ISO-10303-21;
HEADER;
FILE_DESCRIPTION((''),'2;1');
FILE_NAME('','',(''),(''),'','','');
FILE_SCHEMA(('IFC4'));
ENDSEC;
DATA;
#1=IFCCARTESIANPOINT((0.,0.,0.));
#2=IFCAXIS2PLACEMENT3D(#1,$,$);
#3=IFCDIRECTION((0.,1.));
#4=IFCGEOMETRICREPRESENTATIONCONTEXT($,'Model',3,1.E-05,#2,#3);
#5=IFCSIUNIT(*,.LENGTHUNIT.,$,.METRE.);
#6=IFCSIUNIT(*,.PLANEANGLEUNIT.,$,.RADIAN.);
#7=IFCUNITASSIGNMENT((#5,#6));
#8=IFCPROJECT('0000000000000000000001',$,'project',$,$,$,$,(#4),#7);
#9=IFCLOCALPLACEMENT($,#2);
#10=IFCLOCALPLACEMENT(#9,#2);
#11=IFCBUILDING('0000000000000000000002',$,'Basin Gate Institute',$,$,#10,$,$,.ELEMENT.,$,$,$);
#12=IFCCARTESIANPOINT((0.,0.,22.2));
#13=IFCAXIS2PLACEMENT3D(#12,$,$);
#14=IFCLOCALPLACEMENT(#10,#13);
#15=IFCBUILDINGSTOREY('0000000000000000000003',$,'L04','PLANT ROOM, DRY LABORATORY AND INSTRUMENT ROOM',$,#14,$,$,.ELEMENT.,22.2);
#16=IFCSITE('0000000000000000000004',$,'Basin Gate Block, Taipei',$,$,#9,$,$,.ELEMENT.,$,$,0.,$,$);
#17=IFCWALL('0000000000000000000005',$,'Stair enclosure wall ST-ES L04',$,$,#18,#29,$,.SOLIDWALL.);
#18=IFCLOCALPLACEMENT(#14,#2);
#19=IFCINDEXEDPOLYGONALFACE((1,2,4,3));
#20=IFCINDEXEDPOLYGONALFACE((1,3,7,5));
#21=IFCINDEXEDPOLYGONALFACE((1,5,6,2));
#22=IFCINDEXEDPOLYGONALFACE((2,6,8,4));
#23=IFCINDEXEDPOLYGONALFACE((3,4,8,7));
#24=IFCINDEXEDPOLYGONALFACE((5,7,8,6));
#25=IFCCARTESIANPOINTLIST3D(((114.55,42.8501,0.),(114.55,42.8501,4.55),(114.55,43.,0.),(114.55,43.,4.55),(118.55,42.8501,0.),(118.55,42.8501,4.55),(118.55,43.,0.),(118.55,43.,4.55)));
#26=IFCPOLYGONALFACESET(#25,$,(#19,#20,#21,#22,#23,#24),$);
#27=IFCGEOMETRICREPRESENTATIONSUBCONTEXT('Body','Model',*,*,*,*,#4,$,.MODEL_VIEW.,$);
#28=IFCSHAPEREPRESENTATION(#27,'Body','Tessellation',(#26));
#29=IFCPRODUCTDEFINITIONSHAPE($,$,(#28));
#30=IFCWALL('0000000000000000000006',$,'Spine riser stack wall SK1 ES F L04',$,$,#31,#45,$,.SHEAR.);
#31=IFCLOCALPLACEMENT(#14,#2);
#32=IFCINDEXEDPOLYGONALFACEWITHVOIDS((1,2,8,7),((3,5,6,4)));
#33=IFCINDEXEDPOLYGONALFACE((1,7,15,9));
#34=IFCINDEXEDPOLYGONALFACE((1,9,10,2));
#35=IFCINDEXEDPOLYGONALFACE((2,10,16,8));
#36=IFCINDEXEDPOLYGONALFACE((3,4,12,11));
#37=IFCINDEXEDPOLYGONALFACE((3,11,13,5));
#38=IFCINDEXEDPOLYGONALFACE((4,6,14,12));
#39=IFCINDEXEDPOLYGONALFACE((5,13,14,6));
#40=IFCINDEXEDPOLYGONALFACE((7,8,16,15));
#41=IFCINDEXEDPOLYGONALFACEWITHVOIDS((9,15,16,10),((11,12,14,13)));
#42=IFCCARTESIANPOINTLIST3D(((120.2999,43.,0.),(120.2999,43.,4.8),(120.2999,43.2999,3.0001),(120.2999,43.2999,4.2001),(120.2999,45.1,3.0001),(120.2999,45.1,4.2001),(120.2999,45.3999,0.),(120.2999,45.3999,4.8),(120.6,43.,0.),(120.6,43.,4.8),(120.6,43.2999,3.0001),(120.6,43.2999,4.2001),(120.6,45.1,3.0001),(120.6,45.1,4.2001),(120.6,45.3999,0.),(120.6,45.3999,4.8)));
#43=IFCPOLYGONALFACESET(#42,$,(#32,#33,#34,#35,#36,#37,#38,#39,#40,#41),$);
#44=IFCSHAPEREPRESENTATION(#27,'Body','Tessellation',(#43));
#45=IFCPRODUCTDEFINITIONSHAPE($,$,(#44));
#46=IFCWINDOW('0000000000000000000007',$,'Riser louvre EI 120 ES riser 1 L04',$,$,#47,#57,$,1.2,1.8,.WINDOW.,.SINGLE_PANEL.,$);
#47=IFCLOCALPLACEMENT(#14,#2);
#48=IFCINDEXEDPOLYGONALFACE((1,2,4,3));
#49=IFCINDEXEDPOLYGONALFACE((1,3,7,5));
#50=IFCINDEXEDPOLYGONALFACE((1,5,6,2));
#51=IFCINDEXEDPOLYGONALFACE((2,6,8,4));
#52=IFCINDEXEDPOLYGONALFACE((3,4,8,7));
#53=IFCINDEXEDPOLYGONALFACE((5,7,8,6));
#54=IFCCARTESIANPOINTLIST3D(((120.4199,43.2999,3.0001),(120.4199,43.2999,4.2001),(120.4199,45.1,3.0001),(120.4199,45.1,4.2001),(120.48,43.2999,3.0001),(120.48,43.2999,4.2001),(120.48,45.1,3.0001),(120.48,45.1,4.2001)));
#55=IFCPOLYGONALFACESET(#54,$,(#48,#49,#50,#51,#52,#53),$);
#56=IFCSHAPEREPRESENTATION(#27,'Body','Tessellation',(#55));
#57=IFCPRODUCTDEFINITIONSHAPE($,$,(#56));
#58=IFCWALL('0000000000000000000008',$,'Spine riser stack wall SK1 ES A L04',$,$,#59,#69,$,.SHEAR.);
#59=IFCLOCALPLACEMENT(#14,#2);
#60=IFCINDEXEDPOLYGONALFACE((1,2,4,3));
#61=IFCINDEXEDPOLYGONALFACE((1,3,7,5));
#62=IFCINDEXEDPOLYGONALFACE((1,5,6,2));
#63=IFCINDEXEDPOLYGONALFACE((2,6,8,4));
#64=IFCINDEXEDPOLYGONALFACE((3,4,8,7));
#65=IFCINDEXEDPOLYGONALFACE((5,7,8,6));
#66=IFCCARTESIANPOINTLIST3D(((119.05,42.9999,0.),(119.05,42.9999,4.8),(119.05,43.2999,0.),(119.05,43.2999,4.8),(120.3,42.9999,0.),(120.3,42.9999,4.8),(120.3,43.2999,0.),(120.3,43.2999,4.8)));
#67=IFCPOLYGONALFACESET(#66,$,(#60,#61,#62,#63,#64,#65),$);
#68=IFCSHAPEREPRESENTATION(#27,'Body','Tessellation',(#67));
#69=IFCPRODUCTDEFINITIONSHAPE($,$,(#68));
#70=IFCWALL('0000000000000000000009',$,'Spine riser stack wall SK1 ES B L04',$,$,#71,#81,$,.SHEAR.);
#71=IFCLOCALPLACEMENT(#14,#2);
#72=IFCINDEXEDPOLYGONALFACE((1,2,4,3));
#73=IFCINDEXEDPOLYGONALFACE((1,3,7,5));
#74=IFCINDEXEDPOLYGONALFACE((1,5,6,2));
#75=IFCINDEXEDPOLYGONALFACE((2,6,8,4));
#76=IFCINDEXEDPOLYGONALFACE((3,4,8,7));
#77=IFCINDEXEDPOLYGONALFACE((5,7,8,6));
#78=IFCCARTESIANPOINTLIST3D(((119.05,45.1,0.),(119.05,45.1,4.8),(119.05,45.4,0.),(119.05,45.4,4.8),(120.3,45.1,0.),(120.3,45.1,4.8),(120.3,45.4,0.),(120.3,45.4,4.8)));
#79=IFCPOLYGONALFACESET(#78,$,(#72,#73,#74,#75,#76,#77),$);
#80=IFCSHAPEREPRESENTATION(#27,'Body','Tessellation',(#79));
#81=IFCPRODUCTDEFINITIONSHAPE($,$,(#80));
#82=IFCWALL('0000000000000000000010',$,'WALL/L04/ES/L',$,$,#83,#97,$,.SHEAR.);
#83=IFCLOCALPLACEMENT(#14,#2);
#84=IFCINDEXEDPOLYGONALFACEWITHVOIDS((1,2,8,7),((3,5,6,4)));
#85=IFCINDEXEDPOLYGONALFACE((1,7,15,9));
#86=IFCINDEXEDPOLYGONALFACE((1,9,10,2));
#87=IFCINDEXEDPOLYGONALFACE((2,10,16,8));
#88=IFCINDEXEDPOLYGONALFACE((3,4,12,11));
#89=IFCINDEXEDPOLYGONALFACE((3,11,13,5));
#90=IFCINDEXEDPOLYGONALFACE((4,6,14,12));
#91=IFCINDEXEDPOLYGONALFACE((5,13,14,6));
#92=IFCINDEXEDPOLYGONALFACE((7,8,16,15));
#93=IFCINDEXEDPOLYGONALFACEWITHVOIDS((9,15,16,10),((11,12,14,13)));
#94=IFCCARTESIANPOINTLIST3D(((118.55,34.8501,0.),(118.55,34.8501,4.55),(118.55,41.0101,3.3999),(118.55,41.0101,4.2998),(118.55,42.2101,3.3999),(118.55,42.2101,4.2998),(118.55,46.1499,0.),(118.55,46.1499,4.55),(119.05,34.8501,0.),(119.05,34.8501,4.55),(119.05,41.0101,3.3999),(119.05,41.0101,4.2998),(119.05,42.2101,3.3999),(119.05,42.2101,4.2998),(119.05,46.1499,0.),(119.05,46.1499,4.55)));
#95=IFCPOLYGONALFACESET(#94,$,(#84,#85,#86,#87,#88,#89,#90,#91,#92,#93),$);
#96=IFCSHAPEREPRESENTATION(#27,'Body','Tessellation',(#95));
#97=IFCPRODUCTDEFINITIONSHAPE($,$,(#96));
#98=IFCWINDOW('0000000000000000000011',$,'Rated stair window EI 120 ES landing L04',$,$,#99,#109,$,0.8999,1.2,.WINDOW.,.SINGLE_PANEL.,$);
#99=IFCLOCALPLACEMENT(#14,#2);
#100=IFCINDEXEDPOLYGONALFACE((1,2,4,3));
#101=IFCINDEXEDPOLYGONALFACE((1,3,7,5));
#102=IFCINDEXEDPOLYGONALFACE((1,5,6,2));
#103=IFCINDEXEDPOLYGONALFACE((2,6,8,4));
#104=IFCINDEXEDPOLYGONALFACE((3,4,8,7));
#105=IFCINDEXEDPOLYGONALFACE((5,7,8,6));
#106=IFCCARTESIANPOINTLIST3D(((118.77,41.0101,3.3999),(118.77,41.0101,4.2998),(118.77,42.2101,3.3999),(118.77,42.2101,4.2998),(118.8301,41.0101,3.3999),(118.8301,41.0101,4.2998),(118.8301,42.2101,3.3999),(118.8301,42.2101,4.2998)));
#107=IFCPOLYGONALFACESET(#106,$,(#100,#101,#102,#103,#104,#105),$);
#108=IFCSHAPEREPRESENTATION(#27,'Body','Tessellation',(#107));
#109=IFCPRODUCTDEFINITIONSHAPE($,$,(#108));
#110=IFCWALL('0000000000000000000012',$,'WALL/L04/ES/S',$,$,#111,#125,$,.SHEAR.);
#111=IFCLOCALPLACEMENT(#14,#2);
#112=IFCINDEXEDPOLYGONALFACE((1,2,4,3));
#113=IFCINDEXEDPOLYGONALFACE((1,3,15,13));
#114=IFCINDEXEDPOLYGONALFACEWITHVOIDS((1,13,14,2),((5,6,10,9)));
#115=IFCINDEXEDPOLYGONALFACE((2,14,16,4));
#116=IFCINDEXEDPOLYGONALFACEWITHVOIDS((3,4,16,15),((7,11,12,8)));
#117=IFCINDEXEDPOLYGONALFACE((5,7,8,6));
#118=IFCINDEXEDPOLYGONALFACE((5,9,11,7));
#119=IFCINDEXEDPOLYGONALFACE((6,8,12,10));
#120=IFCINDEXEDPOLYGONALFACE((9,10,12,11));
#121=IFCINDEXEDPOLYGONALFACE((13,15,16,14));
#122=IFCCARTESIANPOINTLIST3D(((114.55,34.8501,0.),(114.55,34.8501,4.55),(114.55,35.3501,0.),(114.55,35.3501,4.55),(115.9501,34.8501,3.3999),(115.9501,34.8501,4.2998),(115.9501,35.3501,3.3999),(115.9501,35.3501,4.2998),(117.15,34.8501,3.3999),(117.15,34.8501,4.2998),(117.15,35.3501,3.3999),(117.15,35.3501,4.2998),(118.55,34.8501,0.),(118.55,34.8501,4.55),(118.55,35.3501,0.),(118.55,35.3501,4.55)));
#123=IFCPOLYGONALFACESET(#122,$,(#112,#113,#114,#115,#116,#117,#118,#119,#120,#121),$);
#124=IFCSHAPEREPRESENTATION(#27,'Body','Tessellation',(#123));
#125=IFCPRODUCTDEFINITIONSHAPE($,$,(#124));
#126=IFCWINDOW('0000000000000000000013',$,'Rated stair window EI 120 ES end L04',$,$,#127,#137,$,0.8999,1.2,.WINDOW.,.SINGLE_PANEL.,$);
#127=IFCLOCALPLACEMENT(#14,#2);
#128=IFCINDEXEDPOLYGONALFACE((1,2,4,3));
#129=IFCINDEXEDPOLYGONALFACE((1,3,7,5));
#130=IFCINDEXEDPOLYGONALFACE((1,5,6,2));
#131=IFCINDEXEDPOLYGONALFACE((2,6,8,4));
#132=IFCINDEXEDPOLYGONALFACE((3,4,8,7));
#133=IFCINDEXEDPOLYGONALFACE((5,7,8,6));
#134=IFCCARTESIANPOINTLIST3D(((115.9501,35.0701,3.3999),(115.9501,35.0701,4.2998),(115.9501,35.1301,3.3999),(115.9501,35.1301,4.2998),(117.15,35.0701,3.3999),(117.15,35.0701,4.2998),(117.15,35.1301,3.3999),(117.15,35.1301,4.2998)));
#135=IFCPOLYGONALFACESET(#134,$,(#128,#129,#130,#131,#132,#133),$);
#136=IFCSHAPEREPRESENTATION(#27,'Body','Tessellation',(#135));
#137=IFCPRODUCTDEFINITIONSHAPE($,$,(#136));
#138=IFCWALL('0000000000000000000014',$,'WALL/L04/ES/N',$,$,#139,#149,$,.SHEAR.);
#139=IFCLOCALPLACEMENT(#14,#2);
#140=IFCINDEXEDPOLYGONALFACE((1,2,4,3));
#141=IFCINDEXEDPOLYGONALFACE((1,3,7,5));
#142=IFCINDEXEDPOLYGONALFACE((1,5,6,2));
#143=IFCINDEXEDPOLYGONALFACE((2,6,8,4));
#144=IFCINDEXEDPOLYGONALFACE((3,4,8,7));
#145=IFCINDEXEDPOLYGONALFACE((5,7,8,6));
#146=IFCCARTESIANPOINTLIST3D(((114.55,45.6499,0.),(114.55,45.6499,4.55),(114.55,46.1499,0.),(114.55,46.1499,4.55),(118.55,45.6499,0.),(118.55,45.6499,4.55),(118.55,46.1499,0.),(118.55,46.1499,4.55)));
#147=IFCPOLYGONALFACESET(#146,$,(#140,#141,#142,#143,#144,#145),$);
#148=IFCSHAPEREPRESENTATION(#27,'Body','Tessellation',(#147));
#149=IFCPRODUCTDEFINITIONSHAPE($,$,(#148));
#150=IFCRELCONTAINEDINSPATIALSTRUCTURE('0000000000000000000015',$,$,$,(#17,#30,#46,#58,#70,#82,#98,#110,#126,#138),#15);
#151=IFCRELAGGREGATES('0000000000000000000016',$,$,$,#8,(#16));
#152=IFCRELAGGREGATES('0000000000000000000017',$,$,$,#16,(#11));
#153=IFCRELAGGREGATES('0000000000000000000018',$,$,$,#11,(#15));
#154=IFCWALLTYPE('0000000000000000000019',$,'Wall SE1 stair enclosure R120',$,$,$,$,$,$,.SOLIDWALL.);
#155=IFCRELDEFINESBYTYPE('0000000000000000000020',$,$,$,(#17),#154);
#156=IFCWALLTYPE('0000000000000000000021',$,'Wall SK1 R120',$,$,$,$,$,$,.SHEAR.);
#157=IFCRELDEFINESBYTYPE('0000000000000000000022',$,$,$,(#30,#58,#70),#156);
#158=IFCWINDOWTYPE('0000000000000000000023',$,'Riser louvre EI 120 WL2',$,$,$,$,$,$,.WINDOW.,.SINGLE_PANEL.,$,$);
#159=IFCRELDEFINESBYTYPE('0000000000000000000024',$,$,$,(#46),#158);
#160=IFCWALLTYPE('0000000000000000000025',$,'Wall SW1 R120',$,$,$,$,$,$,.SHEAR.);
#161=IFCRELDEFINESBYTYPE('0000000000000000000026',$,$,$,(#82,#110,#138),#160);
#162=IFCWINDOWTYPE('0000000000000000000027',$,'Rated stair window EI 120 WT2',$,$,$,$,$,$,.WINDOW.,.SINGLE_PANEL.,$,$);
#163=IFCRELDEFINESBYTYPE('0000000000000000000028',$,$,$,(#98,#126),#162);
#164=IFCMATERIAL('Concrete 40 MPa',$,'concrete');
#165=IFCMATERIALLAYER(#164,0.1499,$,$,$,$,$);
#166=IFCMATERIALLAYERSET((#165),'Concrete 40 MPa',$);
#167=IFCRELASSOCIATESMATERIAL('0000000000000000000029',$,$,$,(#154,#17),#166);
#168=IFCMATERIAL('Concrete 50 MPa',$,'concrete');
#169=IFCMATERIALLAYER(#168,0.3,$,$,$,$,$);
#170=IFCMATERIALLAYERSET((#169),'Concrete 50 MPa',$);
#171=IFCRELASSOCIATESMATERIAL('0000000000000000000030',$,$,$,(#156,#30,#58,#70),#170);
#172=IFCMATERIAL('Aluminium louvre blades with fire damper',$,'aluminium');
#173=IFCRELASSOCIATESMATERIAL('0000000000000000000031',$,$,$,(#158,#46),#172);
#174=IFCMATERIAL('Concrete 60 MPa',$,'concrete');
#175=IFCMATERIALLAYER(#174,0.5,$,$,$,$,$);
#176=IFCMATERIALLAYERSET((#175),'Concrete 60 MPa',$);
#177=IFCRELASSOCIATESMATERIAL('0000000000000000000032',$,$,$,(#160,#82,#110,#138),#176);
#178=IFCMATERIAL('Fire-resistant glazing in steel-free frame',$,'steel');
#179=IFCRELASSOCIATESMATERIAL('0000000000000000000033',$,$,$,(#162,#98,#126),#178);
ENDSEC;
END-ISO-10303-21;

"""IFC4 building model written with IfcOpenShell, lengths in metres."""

from ifc_helpers import new_model, si_unit, direction, frame, frame_2d, origin, place, context, subcontext, project, spatial, rectangle, extrude, material, layer, layer_set, type_object, element, fill, save


model = new_model("IFC4")

# Units and contexts
model_context = context("Model", 3, precision=1e-05, world=origin(), true_north=direction((0.0, 1.0)))
body_context = subcontext(model_context, "Body", "Model", "MODEL_VIEW")
ifc_project = project(units=[si_unit("LENGTHUNIT", "METRE"), si_unit("PLANEANGLEUNIT", "RADIAN")], contexts=[model_context])

# Site, building, storey
site_placement = place(None, origin())
site = spatial("IfcSite", under=ifc_project, at=site_placement, Name="Basin Gate Block, Taipei", CompositionType="ELEMENT", RefElevation=0.0)
building_placement = place(site_placement, origin())
building = spatial("IfcBuilding", under=site, at=building_placement, Name="Basin Gate Institute", CompositionType="ELEMENT")
storey_placement = place(building_placement, frame((0.0, 0.0, 22.2)))
storey = spatial("IfcBuildingStorey", under=building, at=storey_placement, Name="L04", Description="PLANT ROOM, DRY LABORATORY AND INSTRUMENT ROOM", CompositionType="ELEMENT", Elevation=22.2)

# Wall
ifc_material_1 = material(Name="Concrete 40 MPa", Category="concrete")
ifc_layer_1 = layer(ifc_material_1, 0.1499)
ifc_layer_set_1 = layer_set([ifc_layer_1], Name="Concrete 40 MPa")
wall_type_1 = type_object("IfcWallType", Name="Wall SE1 stair enclosure R120", PredefinedType="SOLIDWALL", material=ifc_layer_set_1)
wall_1_placement = place(storey_placement, frame((118.55, 42.925, 0.0), z_axis=(0.0, 0.0, 1.0), x_axis=(-1.0, 0.0, 0.0)))
element("IfcWall", 1, at=wall_1_placement, inside=storey, type_object=wall_type_1, material=ifc_layer_set_1, Name="Stair enclosure wall ST-ES L04", PredefinedType="SOLIDWALL", context=body_context, shape_type="SweptSolid", body=[
    extrude(rectangle(XDim=4.0, YDim=0.1499, at=frame_2d((2.0, 0.0))), origin(), (0.0, 0.0, 1.0), 4.55),
])

# Wall, opening, window
ifc_material_2 = material(Name="Concrete 50 MPa", Category="concrete")
ifc_layer_2 = layer(ifc_material_2, 0.3)
ifc_layer_set_2 = layer_set([ifc_layer_2], Name="Concrete 50 MPa")
wall_type_2 = type_object("IfcWallType", Name="Wall SK1 R120", PredefinedType="SHEAR", material=ifc_layer_set_2)
wall_2_placement = place(storey_placement, frame((120.45, 43.0, 0.0), z_axis=(0.0, 0.0, 1.0), x_axis=(0.0, 1.0, 0.0)))
wall_2 = element("IfcWall", 2, at=wall_2_placement, inside=storey, type_object=wall_type_2, material=ifc_layer_set_2, Name="Spine riser stack wall SK1 ES F L04", PredefinedType="SHEAR", context=body_context, shape_type="SweptSolid", body=[
    extrude(rectangle(XDim=2.3999, YDim=0.3, at=frame_2d((1.2, 0.0))), origin(), (0.0, 0.0, 1.0), 4.8),
])
opening_1_placement = place(wall_2_placement, frame((0.3, 0.0, 3.0)))
opening_1 = element("IfcOpeningElement", 3, at=opening_1_placement, cuts=wall_2, PredefinedType="OPENING", context=body_context, shape_type="SweptSolid", body=[
    extrude(rectangle(XDim=1.8, YDim=1.2, at=frame_2d((0.8999, 0.6001))), frame((0.0, 0.1602, 0.0), z_axis=(0.0, -1.0, 0.0), x_axis=(1.0, 0.0, 0.0)), (0.0, 0.0, 1.0), 0.3201),
])
ifc_material_3 = material(Name="Aluminium louvre blades with fire damper", Category="aluminium")
window_type_1 = type_object("IfcWindowType", Name="Riser louvre EI 120 WL2", PartitioningType="SINGLE_PANEL", PredefinedType="WINDOW", material=ifc_material_3)
window_1_placement = place(opening_1_placement, origin())
window_1 = element("IfcWindow", 4, at=window_1_placement, inside=storey, type_object=window_type_1, material=ifc_material_3, Name="Riser louvre EI 120 ES riser 1 L04", OverallHeight=1.2, OverallWidth=1.8, PartitioningType="SINGLE_PANEL", PredefinedType="WINDOW", context=body_context, shape_type="SweptSolid", body=[
    extrude(rectangle(XDim=1.8, YDim=1.2, at=frame_2d((0.8999, 0.6001))), frame((0.0, 0.03, 0.0), z_axis=(0.0, -1.0, 0.0), x_axis=(1.0, 0.0, 0.0)), (0.0, 0.0, 1.0), 0.0601),
])
fill(opening_1, window_1)

# Walls
for number, where, z_axis, x_axis, name in (
    (5, (119.05, 43.1499, 0.0), (0.0, 0.0, 1.0), (1.0, 0.0, 0.0), "Spine riser stack wall SK1 ES A L04"),
    (6, (119.05, 45.25, 0.0), (0.0, 0.0, 1.0), (1.0, 0.0, 0.0), "Spine riser stack wall SK1 ES B L04"),
):
    element("IfcWall", number, at=place(storey_placement, frame(where, z_axis=z_axis, x_axis=x_axis)), inside=storey, type_object=wall_type_2, material=ifc_layer_set_2, Name=name, PredefinedType="SHEAR", context=body_context, shape_type="SweptSolid", body=[
        extrude(rectangle(XDim=1.25, YDim=0.3, at=frame_2d((0.625, 0.0))), origin(), (0.0, 0.0, 1.0), 4.8),
    ])

# Walls, openings, windows
ifc_material_4 = material(Name="Concrete 60 MPa", Category="concrete")
ifc_layer_3 = layer(ifc_material_4, 0.5)
ifc_layer_set_3 = layer_set([ifc_layer_3], Name="Concrete 60 MPa")
wall_type_3 = type_object("IfcWallType", Name="Wall SW1 R120", PredefinedType="SHEAR", material=ifc_layer_set_3)
wall_3_placement = place(storey_placement, frame((118.8, 34.8501, 0.0), z_axis=(0.0, 0.0, 1.0), x_axis=(0.0, 1.0, 0.0)))
wall_3 = element("IfcWall", 7, at=wall_3_placement, inside=storey, type_object=wall_type_3, material=ifc_layer_set_3, Name="WALL/L04/ES/L", PredefinedType="SHEAR", context=body_context, shape_type="SweptSolid", body=[
    extrude(rectangle(XDim=11.2998, YDim=0.5, at=frame_2d((5.6499, 0.0))), origin(), (0.0, 0.0, 1.0), 4.55),
])
opening_2_placement = place(wall_3_placement, frame((6.1599, 0.0, 3.3999)))
opening_2 = element("IfcOpeningElement", 8, at=opening_2_placement, cuts=wall_3, PredefinedType="OPENING", context=body_context, shape_type="SweptSolid", body=[
    extrude(rectangle(XDim=1.2, YDim=0.8999, at=frame_2d((0.6001, 0.45))), frame((0.0, 0.26, 0.0), z_axis=(0.0, -1.0, 0.0), x_axis=(1.0, 0.0, 0.0)), (0.0, 0.0, 1.0), 0.52),
])
ifc_material_5 = material(Name="Fire-resistant glazing in steel-free frame", Category="steel")
window_type_2 = type_object("IfcWindowType", Name="Rated stair window EI 120 WT2", PartitioningType="SINGLE_PANEL", PredefinedType="WINDOW", material=ifc_material_5)
window_2_placement = place(opening_2_placement, origin())
window_2 = element("IfcWindow", 9, at=window_2_placement, inside=storey, type_object=window_type_2, material=ifc_material_5, Name="Rated stair window EI 120 ES landing L04", OverallHeight=0.8999, OverallWidth=1.2, PartitioningType="SINGLE_PANEL", PredefinedType="WINDOW", context=body_context, shape_type="SweptSolid", body=[
    extrude(rectangle(XDim=1.2, YDim=0.8999, at=frame_2d((0.6001, 0.45))), frame((0.0, 0.03, 0.0), z_axis=(0.0, -1.0, 0.0), x_axis=(1.0, 0.0, 0.0)), (0.0, 0.0, 1.0), 0.0601),
])
fill(opening_2, window_2)
wall_4_placement = place(storey_placement, frame((118.55, 35.1001, 0.0), z_axis=(0.0, 0.0, 1.0), x_axis=(-1.0, 0.0, 0.0)))
wall_4 = element("IfcWall", 10, at=wall_4_placement, inside=storey, type_object=wall_type_3, material=ifc_layer_set_3, Name="WALL/L04/ES/S", PredefinedType="SHEAR", context=body_context, shape_type="SweptSolid", body=[
    extrude(rectangle(XDim=4.0, YDim=0.5, at=frame_2d((2.0, 0.0))), origin(), (0.0, 0.0, 1.0), 4.55),
])
opening_3_placement = place(wall_4_placement, frame((1.3999, 0.0, 3.3999)))
opening_3 = element("IfcOpeningElement", 11, at=opening_3_placement, cuts=wall_4, PredefinedType="OPENING", context=body_context, shape_type="SweptSolid", body=[
    extrude(rectangle(XDim=1.2, YDim=0.8999, at=frame_2d((0.6001, 0.45))), frame((0.0, 0.26, 0.0), z_axis=(0.0, -1.0, 0.0), x_axis=(1.0, 0.0, 0.0)), (0.0, 0.0, 1.0), 0.52),
])
window_3_placement = place(opening_3_placement, origin())
window_3 = element("IfcWindow", 12, at=window_3_placement, inside=storey, type_object=window_type_2, material=ifc_material_5, Name="Rated stair window EI 120 ES end L04", OverallHeight=0.8999, OverallWidth=1.2, PartitioningType="SINGLE_PANEL", PredefinedType="WINDOW", context=body_context, shape_type="SweptSolid", body=[
    extrude(rectangle(XDim=1.2, YDim=0.8999, at=frame_2d((0.6001, 0.45))), frame((0.0, 0.03, 0.0), z_axis=(0.0, -1.0, 0.0), x_axis=(1.0, 0.0, 0.0)), (0.0, 0.0, 1.0), 0.0601),
])
fill(opening_3, window_3)

# Wall
wall_5_placement = place(storey_placement, frame((118.55, 45.8999, 0.0), z_axis=(0.0, 0.0, 1.0), x_axis=(-1.0, 0.0, 0.0)))
element("IfcWall", 13, at=wall_5_placement, inside=storey, type_object=wall_type_3, material=ifc_layer_set_3, Name="WALL/L04/ES/N", PredefinedType="SHEAR", context=body_context, shape_type="SweptSolid", body=[
    extrude(rectangle(XDim=4.0, YDim=0.5, at=frame_2d((2.0, 0.0))), origin(), (0.0, 0.0, 1.0), 4.55),
])

save(model, "model.ifc")
